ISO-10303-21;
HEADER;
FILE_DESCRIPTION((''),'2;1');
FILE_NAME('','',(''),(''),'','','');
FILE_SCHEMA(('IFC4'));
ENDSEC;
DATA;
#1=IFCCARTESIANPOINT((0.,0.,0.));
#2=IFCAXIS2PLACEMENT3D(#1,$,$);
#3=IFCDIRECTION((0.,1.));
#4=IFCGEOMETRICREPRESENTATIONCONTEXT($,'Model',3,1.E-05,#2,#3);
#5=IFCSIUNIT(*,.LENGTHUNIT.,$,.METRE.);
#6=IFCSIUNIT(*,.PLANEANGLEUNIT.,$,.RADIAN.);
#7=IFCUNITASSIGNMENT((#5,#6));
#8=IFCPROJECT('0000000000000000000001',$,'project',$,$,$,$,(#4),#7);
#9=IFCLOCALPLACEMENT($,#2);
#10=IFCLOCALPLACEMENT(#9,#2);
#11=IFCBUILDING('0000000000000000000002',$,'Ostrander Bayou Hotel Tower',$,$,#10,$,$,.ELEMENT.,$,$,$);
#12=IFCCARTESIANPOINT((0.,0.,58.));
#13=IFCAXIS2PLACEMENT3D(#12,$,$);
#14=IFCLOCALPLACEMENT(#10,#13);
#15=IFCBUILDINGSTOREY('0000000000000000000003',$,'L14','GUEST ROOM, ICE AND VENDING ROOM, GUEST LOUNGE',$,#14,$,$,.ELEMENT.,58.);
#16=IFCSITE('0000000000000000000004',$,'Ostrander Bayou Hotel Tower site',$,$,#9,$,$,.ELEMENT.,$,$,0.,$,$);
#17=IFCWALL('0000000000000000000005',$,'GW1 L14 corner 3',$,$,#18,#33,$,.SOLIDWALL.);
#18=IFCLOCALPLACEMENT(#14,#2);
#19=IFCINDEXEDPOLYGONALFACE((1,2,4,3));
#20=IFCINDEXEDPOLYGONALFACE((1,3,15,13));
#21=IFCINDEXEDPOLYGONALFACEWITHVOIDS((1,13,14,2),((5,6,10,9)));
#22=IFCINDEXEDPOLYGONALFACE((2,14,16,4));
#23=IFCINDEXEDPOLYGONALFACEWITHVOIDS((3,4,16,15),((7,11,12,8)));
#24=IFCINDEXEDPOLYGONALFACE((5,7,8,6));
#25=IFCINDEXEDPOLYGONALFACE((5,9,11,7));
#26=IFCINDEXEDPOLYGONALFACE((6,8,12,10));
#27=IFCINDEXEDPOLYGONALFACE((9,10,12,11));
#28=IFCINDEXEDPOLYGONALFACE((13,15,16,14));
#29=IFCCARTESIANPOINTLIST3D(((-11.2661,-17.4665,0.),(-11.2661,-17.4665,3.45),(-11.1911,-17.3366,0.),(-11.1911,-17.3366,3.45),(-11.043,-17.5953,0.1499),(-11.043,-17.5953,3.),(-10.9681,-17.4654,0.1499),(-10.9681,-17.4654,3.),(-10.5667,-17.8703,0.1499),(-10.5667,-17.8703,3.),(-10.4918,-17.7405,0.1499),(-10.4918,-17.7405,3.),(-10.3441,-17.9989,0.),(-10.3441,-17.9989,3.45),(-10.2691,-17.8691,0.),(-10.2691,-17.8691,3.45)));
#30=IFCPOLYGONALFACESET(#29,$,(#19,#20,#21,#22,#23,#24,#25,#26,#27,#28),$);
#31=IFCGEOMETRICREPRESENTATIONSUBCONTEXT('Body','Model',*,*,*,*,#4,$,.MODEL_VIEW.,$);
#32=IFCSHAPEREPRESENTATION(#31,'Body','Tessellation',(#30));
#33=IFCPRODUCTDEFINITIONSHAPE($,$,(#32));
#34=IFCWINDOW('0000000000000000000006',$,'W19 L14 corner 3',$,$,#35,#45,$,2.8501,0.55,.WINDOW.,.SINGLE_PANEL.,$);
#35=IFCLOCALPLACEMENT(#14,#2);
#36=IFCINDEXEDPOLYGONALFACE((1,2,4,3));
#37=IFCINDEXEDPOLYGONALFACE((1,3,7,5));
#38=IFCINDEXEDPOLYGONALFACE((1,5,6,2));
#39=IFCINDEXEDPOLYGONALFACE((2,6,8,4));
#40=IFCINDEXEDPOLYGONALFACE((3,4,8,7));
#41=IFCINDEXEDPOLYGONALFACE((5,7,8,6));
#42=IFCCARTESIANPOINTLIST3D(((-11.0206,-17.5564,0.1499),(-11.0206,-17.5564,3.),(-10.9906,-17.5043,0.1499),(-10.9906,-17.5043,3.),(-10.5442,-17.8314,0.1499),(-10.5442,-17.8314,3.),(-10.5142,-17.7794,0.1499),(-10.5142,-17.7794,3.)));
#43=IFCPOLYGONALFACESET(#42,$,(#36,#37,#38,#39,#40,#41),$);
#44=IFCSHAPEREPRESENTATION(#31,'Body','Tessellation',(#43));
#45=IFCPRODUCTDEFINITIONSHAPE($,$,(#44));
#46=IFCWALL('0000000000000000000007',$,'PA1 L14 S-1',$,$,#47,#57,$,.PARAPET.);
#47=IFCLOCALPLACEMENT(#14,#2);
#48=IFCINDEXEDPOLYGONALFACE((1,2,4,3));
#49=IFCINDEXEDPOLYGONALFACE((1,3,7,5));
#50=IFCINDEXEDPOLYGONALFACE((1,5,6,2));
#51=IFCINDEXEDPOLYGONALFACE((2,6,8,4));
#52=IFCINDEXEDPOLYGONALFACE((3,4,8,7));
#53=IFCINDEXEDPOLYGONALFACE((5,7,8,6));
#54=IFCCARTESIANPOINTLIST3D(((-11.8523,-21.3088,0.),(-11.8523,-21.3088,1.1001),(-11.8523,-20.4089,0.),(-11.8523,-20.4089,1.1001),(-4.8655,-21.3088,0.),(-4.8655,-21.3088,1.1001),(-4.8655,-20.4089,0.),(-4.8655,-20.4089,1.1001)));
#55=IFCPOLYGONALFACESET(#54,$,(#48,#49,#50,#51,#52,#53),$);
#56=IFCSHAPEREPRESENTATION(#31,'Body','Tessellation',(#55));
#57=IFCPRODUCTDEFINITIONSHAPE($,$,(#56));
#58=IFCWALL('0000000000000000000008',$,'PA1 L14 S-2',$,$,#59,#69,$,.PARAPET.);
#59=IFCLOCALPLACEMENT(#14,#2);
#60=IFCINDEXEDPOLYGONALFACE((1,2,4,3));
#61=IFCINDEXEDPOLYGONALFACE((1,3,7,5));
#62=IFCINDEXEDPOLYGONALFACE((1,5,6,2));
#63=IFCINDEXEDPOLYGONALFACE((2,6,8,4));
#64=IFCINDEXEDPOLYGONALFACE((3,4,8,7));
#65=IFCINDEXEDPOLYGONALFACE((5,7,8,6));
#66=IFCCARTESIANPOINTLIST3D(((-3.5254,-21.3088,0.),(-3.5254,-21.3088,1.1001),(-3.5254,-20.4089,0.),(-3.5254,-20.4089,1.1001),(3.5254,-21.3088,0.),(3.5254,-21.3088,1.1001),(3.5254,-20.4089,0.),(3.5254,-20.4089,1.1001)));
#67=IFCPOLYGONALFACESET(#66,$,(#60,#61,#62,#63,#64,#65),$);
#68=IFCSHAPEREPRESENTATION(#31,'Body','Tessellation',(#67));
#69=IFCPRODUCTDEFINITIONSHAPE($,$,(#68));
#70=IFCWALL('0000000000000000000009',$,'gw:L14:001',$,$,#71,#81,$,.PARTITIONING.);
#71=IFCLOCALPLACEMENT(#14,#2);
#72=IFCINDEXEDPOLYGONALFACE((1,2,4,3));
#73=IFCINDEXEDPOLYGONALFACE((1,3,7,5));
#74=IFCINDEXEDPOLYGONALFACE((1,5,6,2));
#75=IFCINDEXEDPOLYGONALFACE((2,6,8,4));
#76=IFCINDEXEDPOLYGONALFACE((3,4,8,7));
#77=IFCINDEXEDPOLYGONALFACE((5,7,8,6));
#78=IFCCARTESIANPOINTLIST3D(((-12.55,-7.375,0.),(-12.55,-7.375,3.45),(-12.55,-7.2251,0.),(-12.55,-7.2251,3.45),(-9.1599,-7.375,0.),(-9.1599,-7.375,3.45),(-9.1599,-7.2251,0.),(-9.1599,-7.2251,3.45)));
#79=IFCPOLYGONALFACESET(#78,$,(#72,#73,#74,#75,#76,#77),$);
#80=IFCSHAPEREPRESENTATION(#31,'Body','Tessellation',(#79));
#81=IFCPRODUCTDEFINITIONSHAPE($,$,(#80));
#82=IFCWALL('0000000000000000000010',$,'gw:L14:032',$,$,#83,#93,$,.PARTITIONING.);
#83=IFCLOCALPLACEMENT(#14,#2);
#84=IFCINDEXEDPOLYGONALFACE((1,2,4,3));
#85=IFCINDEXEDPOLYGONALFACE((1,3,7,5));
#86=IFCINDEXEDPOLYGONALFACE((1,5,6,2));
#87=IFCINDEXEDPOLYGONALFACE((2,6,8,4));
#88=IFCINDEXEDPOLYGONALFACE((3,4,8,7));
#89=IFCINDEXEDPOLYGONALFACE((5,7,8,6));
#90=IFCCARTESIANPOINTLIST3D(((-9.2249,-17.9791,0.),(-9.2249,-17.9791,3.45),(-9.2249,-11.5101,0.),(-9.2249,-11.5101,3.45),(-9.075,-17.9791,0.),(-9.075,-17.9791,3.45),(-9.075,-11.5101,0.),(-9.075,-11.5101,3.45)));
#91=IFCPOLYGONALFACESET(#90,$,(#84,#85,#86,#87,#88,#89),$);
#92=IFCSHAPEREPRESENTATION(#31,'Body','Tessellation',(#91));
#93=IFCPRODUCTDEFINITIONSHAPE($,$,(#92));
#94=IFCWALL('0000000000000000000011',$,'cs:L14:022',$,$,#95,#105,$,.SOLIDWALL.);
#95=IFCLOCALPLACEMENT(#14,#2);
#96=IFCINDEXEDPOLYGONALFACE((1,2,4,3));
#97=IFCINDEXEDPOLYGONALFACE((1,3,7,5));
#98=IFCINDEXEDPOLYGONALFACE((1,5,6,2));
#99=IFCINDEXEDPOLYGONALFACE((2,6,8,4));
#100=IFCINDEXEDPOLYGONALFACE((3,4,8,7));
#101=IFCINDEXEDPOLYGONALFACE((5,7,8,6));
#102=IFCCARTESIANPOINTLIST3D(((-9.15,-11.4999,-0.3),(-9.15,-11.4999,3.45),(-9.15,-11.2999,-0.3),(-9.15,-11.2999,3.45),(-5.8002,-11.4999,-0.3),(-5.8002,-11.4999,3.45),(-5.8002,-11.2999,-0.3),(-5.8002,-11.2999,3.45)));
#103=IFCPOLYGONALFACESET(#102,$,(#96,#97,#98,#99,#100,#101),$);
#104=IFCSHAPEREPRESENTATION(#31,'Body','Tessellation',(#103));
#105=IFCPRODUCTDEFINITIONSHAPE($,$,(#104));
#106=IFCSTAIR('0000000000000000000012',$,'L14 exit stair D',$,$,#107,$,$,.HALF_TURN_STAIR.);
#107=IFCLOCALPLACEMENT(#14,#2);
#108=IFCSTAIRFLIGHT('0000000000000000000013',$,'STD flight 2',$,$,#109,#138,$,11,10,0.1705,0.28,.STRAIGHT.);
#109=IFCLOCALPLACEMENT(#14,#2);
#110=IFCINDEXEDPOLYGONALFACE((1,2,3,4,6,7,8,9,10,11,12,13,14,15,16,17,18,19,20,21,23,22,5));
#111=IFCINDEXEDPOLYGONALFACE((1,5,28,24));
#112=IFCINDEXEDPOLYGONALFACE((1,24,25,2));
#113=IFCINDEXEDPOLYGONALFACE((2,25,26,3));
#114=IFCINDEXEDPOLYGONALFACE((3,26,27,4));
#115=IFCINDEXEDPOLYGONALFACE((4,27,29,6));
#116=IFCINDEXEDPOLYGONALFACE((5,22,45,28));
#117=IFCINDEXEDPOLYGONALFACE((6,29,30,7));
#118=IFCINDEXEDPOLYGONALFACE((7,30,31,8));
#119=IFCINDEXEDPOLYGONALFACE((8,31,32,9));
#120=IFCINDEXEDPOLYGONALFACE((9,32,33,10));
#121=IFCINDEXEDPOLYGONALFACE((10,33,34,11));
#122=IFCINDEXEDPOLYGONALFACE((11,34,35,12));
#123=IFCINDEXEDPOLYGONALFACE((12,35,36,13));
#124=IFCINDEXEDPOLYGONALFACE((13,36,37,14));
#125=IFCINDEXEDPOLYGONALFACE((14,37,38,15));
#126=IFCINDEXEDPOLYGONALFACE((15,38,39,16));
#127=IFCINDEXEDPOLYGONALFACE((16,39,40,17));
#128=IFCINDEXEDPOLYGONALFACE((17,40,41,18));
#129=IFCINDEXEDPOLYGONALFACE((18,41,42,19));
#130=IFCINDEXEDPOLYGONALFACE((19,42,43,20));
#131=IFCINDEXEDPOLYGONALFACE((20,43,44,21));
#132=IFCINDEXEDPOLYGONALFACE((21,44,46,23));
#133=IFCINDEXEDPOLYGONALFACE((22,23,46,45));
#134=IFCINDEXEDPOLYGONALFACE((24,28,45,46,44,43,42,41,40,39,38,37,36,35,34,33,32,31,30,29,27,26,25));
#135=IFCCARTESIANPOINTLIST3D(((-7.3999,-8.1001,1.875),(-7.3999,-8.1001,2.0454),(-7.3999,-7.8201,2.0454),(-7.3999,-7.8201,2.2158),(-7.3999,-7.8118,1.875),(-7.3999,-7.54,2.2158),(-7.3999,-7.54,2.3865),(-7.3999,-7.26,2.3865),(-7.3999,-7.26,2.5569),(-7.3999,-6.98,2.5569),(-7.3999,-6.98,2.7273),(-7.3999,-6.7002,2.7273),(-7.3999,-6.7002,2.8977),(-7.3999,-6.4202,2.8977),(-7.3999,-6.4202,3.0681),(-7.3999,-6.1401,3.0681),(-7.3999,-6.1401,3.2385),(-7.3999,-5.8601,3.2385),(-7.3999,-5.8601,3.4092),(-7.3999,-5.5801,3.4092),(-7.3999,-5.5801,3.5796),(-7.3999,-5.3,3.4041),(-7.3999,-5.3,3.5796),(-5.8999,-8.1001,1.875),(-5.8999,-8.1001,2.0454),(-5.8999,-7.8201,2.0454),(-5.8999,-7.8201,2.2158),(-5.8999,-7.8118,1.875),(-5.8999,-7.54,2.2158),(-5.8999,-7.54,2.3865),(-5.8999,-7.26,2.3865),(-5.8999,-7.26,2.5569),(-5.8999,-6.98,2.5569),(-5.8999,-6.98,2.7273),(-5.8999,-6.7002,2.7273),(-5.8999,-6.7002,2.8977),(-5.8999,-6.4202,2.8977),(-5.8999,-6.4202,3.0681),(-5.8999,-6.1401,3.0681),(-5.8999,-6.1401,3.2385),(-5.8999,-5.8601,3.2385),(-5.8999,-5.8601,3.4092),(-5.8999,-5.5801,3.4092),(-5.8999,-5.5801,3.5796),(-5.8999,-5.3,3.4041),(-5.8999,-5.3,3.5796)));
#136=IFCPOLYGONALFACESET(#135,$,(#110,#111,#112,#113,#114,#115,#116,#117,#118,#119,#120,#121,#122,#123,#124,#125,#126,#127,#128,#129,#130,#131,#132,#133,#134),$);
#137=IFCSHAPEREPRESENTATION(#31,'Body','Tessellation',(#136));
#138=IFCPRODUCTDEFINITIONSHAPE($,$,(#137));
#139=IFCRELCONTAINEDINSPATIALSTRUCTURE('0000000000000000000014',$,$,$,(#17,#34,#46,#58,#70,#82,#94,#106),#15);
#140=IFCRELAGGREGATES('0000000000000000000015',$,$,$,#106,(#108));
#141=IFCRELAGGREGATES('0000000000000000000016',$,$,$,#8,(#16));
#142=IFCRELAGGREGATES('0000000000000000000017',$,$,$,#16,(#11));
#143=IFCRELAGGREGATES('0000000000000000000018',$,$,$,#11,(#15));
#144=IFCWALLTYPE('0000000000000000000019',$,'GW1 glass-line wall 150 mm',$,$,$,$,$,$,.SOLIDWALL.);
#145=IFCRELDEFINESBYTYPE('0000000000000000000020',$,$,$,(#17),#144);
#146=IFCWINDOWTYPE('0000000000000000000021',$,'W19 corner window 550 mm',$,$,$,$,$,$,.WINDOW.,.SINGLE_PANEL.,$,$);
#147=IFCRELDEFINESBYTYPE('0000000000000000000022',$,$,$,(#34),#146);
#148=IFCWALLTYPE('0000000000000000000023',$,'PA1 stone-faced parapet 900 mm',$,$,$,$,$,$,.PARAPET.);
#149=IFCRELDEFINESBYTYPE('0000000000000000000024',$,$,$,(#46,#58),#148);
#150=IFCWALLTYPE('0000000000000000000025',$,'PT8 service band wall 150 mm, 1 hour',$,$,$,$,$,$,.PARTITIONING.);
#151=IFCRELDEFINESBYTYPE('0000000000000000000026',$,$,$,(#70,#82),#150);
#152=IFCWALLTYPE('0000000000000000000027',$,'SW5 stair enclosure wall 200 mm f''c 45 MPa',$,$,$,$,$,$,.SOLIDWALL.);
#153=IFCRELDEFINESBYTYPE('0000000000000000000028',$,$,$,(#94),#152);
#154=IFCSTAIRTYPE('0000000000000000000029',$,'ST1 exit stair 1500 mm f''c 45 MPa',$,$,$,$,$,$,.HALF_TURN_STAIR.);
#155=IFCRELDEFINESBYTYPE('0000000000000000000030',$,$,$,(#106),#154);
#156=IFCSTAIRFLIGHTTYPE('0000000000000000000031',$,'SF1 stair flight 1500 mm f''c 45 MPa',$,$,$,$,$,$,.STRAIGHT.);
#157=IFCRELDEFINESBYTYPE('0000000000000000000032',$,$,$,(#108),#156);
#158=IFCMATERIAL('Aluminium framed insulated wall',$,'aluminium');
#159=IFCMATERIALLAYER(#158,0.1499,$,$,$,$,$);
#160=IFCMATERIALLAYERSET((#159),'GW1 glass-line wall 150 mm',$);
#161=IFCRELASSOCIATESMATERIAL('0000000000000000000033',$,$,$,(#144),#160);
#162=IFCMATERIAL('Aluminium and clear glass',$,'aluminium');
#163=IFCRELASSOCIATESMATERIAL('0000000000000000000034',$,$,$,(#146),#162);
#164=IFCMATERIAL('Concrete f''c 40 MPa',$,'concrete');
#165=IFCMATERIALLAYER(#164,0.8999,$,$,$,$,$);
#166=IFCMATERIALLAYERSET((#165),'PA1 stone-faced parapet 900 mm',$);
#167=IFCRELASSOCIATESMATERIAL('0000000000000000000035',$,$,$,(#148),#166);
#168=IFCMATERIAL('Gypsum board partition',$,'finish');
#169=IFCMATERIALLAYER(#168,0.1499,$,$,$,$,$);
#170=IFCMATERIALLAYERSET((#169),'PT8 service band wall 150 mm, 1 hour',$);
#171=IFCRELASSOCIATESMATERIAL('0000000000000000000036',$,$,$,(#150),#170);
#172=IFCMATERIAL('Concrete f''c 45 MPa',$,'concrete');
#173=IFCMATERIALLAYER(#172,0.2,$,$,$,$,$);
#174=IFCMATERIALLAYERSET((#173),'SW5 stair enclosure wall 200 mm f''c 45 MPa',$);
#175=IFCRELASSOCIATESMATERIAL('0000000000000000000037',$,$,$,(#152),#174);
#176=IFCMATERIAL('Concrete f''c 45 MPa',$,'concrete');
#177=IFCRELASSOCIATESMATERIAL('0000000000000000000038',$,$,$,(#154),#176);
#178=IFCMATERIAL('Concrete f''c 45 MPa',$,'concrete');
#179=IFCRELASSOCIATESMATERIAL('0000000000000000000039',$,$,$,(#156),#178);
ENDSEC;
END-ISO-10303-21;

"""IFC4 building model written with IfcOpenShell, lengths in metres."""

from ifc_helpers import new_model, si_unit, direction, frame, frame_2d, origin, place, context, subcontext, project, spatial, polyline, rectangle, outline, extrude, material, layer, layer_set, type_object, element, fill, aggregate, save


model = new_model("IFC4")

# Units and contexts
model_context = context("Model", 3, precision=1e-05, world=origin(), true_north=direction((0.0, 1.0)))
body_context = subcontext(model_context, "Body", "Model", "MODEL_VIEW")
ifc_project = project(units=[si_unit("LENGTHUNIT", "METRE"), si_unit("PLANEANGLEUNIT", "RADIAN")], contexts=[model_context])

# Site, building, storey
site_placement = place(None, origin())
site = spatial("IfcSite", under=ifc_project, at=site_placement, Name="Ostrander Bayou Hotel Tower site", CompositionType="ELEMENT", RefElevation=0.0)
building_placement = place(site_placement, origin())
building = spatial("IfcBuilding", under=site, at=building_placement, Name="Ostrander Bayou Hotel Tower", CompositionType="ELEMENT")
storey_placement = place(building_placement, frame((0.0, 0.0, 58.0)))
storey = spatial("IfcBuildingStorey", under=building, at=storey_placement, Name="L14", Description="GUEST ROOM, ICE AND VENDING ROOM, GUEST LOUNGE", CompositionType="ELEMENT", Elevation=58.0)

# Shared definitions
ifc_material_1 = material(Name="Aluminium framed insulated wall", Category="aluminium")
ifc_layer_1 = layer(ifc_material_1, 0.1499)
ifc_layer_set_1 = layer_set([ifc_layer_1], Name="GW1 glass-line wall 150 mm")
wall_type_1 = type_object("IfcWallType", Name="GW1 glass-line wall 150 mm", PredefinedType="SOLIDWALL", material=ifc_layer_set_1)

# Wall, opening, window
wall_1_placement = place(storey_placement, frame((-11.2285, -17.4016, 0.0), z_axis=(0.0, 0.0, 1.0), x_axis=(0.865991, -0.50006, 0.0)))
wall_1 = element("IfcWall", 1, at=wall_1_placement, inside=storey, type_object=wall_type_1, Name="GW1 L14 corner 3", PredefinedType="SOLIDWALL", context=body_context, shape_type="SweptSolid", body=[
    extrude(rectangle(XDim=1.0647, YDim=0.1499, at=frame_2d((0.5322, 0.0))), origin(), (0.0, 0.0, 1.0), 3.45),
])
opening_1_placement = place(wall_1_placement, frame((0.2576, 0.0, 0.1499)))
opening_1 = element("IfcOpeningElement", 2, at=opening_1_placement, cuts=wall_1, PredefinedType="OPENING", context=body_context, shape_type="SweptSolid", body=[
    extrude(rectangle(XDim=0.55, YDim=2.8501, at=frame_2d((0.2749, 1.425))), frame((0.0, 0.075, 0.0), z_axis=(0.0, -1.0, 0.0), x_axis=(1.0, 0.0, 0.0)), (0.0, 0.0, 1.0), 0.1499),
])
ifc_material_2 = material(Name="Aluminium and clear glass", Category="aluminium")
window_type_1 = type_object("IfcWindowType", Name="W19 corner window 550 mm", PartitioningType="SINGLE_PANEL", PredefinedType="WINDOW", material=ifc_material_2)
window_1_placement = place(opening_1_placement, origin())
window_1 = element("IfcWindow", 3, at=window_1_placement, inside=storey, type_object=window_type_1, Name="W19 L14 corner 3", OverallHeight=2.8501, OverallWidth=0.55, PartitioningType="SINGLE_PANEL", PredefinedType="WINDOW", context=body_context, shape_type="SweptSolid", body=[
    extrude(rectangle(XDim=0.55, YDim=2.8501, at=frame_2d((0.2749, 1.425))), frame((0.0, 0.03, 0.0), z_axis=(0.0, -1.0, 0.0), x_axis=(1.0, 0.0, 0.0)), (0.0, 0.0, 1.0), 0.0601),
])
fill(opening_1, window_1)

# Walls
ifc_material_3 = material(Name="Concrete f'c 40 MPa", Category="concrete")
ifc_layer_2 = layer(ifc_material_3, 0.8999)
ifc_layer_set_2 = layer_set([ifc_layer_2], Name="PA1 stone-faced parapet 900 mm")
wall_type_2 = type_object("IfcWallType", Name="PA1 stone-faced parapet 900 mm", PredefinedType="PARAPET", material=ifc_layer_set_2)
wall_2_placement = place(storey_placement, frame((-11.8523, -20.8589, 0.0), z_axis=(0.0, 0.0, 1.0), x_axis=(1.0, 0.0, 0.0)))
element("IfcWall", 4, at=wall_2_placement, inside=storey, type_object=wall_type_2, Name="PA1 L14 S-1", PredefinedType="PARAPET", context=body_context, shape_type="SweptSolid", body=[
    extrude(rectangle(XDim=6.9868, YDim=0.8999, at=frame_2d((3.4934, 0.0))), origin(), (0.0, 0.0, 1.0), 1.1001),
])
wall_3_placement = place(storey_placement, frame((-3.5254, -20.8589, 0.0), z_axis=(0.0, 0.0, 1.0), x_axis=(1.0, 0.0, 0.0)))
element("IfcWall", 5, at=wall_3_placement, inside=storey, type_object=wall_type_2, Name="PA1 L14 S-2", PredefinedType="PARAPET", context=body_context, shape_type="SweptSolid", body=[
    extrude(rectangle(XDim=7.0508, YDim=0.8999, at=frame_2d((3.5254, 0.0))), origin(), (0.0, 0.0, 1.0), 1.1001),
])
ifc_material_4 = material(Name="Gypsum board partition", Category="finish")
ifc_layer_3 = layer(ifc_material_4, 0.1499)
ifc_layer_set_3 = layer_set([ifc_layer_3], Name="PT8 service band wall 150 mm, 1 hour")
wall_type_3 = type_object("IfcWallType", Name="PT8 service band wall 150 mm, 1 hour", PredefinedType="PARTITIONING", material=ifc_layer_set_3)
wall_4_placement = place(storey_placement, frame((-12.55, -7.3, 0.0), z_axis=(0.0, 0.0, 1.0), x_axis=(1.0, 0.0, 0.0)))
element("IfcWall", 6, at=wall_4_placement, inside=storey, type_object=wall_type_3, Name="gw:L14:001", PredefinedType="PARTITIONING", context=body_context, shape_type="SweptSolid", body=[
    extrude(rectangle(XDim=3.3901, YDim=0.1499, at=frame_2d((1.6951, 0.0))), origin(), (0.0, 0.0, 1.0), 3.45),
])
wall_5_placement = place(storey_placement, frame((-9.1499, -17.979, 0.0), z_axis=(0.0, 0.0, 1.0), x_axis=(0.0, 1.0, 0.0)))
element("IfcWall", 7, at=wall_5_placement, inside=storey, type_object=wall_type_3, Name="gw:L14:032", PredefinedType="PARTITIONING", context=body_context, shape_type="SweptSolid", body=[
    extrude(rectangle(XDim=6.469, YDim=0.1499, at=frame_2d((3.2344, 0.0))), origin(), (0.0, 0.0, 1.0), 3.45),
])
ifc_material_5 = material(Name="Concrete f'c 45 MPa", Category="concrete")
ifc_layer_4 = layer(ifc_material_5, 0.2)
ifc_layer_set_4 = layer_set([ifc_layer_4], Name="SW5 stair enclosure wall 200 mm f'c 45 MPa")
wall_type_4 = type_object("IfcWallType", Name="SW5 stair enclosure wall 200 mm f'c 45 MPa", PredefinedType="SOLIDWALL", material=ifc_layer_set_4)
wall_6_placement = place(storey_placement, frame((-9.1499, -11.3999, -0.3), z_axis=(0.0, 0.0, 1.0), x_axis=(1.0, 0.0, 0.0)))
element("IfcWall", 8, at=wall_6_placement, inside=storey, type_object=wall_type_4, Name="cs:L14:022", PredefinedType="SOLIDWALL", context=body_context, shape_type="SweptSolid", body=[
    extrude(rectangle(XDim=3.3499, YDim=0.2, at=frame_2d((1.6748, 0.0))), origin(), (0.0, 0.0, 1.0), 3.75),
])

# Stair, stair flight
ifc_material_6 = material(Name="Concrete f'c 45 MPa", Category="concrete")
stair_type = type_object("IfcStairType", Name="ST1 exit stair 1500 mm f'c 45 MPa", PredefinedType="HALF_TURN_STAIR", material=ifc_material_6)
stair_placement = place(storey_placement, origin())
stair = element("IfcStair", 9, at=stair_placement, inside=storey, type_object=stair_type, Name="L14 exit stair D", PredefinedType="HALF_TURN_STAIR")
ifc_material_7 = material(Name="Concrete f'c 45 MPa", Category="concrete")
stair_flight_type = type_object("IfcStairFlightType", Name="SF1 stair flight 1500 mm f'c 45 MPa", PredefinedType="STRAIGHT", material=ifc_material_7)
stair_flight_placement = place(storey_placement, frame((-6.6499, -8.1001, 1.875), z_axis=(0.0, 0.0, 1.0), x_axis=(0.0, 1.0, 0.0)))
stair_flight = element("IfcStairFlight", 10, at=stair_flight_placement, type_object=stair_flight_type, Name="STD flight 2", NumberOfRisers=11, NumberOfTreads=10, PredefinedType="STRAIGHT", RiserHeight=0.1705, TreadLength=0.28, context=body_context, shape_type="SweptSolid", body=[
    extrude(outline(polyline([(0.0, 0.0), (0.0, 0.1704), (0.28, 0.1704), (0.28, 0.3408), (0.5601, 0.3408), (0.5601, 0.5115), (0.8401, 0.5115), (0.8401, 0.6819), (1.1201, 0.6819), (1.1201, 0.8523), (1.3999, 0.8523), (1.3999, 1.0227), (1.6799, 1.0227), (1.6799, 1.1931), (1.96, 1.1931), (1.96, 1.3635), (2.24, 1.3635), (2.24, 1.5342), (2.52, 1.5342), (2.52, 1.7046), (2.8, 1.7046), (2.8, 1.875), (2.8, 1.5291), (0.2883, 0.0), (0.0, 0.0)])), frame((0.0, 0.75, 0.0), z_axis=(0.0, -1.0, 0.0), x_axis=(1.0, 0.0, 0.0)), (0.0, 0.0, 1.0), 1.5),
])
aggregate(stair, [stair_flight])

save(model, "model.ifc")
